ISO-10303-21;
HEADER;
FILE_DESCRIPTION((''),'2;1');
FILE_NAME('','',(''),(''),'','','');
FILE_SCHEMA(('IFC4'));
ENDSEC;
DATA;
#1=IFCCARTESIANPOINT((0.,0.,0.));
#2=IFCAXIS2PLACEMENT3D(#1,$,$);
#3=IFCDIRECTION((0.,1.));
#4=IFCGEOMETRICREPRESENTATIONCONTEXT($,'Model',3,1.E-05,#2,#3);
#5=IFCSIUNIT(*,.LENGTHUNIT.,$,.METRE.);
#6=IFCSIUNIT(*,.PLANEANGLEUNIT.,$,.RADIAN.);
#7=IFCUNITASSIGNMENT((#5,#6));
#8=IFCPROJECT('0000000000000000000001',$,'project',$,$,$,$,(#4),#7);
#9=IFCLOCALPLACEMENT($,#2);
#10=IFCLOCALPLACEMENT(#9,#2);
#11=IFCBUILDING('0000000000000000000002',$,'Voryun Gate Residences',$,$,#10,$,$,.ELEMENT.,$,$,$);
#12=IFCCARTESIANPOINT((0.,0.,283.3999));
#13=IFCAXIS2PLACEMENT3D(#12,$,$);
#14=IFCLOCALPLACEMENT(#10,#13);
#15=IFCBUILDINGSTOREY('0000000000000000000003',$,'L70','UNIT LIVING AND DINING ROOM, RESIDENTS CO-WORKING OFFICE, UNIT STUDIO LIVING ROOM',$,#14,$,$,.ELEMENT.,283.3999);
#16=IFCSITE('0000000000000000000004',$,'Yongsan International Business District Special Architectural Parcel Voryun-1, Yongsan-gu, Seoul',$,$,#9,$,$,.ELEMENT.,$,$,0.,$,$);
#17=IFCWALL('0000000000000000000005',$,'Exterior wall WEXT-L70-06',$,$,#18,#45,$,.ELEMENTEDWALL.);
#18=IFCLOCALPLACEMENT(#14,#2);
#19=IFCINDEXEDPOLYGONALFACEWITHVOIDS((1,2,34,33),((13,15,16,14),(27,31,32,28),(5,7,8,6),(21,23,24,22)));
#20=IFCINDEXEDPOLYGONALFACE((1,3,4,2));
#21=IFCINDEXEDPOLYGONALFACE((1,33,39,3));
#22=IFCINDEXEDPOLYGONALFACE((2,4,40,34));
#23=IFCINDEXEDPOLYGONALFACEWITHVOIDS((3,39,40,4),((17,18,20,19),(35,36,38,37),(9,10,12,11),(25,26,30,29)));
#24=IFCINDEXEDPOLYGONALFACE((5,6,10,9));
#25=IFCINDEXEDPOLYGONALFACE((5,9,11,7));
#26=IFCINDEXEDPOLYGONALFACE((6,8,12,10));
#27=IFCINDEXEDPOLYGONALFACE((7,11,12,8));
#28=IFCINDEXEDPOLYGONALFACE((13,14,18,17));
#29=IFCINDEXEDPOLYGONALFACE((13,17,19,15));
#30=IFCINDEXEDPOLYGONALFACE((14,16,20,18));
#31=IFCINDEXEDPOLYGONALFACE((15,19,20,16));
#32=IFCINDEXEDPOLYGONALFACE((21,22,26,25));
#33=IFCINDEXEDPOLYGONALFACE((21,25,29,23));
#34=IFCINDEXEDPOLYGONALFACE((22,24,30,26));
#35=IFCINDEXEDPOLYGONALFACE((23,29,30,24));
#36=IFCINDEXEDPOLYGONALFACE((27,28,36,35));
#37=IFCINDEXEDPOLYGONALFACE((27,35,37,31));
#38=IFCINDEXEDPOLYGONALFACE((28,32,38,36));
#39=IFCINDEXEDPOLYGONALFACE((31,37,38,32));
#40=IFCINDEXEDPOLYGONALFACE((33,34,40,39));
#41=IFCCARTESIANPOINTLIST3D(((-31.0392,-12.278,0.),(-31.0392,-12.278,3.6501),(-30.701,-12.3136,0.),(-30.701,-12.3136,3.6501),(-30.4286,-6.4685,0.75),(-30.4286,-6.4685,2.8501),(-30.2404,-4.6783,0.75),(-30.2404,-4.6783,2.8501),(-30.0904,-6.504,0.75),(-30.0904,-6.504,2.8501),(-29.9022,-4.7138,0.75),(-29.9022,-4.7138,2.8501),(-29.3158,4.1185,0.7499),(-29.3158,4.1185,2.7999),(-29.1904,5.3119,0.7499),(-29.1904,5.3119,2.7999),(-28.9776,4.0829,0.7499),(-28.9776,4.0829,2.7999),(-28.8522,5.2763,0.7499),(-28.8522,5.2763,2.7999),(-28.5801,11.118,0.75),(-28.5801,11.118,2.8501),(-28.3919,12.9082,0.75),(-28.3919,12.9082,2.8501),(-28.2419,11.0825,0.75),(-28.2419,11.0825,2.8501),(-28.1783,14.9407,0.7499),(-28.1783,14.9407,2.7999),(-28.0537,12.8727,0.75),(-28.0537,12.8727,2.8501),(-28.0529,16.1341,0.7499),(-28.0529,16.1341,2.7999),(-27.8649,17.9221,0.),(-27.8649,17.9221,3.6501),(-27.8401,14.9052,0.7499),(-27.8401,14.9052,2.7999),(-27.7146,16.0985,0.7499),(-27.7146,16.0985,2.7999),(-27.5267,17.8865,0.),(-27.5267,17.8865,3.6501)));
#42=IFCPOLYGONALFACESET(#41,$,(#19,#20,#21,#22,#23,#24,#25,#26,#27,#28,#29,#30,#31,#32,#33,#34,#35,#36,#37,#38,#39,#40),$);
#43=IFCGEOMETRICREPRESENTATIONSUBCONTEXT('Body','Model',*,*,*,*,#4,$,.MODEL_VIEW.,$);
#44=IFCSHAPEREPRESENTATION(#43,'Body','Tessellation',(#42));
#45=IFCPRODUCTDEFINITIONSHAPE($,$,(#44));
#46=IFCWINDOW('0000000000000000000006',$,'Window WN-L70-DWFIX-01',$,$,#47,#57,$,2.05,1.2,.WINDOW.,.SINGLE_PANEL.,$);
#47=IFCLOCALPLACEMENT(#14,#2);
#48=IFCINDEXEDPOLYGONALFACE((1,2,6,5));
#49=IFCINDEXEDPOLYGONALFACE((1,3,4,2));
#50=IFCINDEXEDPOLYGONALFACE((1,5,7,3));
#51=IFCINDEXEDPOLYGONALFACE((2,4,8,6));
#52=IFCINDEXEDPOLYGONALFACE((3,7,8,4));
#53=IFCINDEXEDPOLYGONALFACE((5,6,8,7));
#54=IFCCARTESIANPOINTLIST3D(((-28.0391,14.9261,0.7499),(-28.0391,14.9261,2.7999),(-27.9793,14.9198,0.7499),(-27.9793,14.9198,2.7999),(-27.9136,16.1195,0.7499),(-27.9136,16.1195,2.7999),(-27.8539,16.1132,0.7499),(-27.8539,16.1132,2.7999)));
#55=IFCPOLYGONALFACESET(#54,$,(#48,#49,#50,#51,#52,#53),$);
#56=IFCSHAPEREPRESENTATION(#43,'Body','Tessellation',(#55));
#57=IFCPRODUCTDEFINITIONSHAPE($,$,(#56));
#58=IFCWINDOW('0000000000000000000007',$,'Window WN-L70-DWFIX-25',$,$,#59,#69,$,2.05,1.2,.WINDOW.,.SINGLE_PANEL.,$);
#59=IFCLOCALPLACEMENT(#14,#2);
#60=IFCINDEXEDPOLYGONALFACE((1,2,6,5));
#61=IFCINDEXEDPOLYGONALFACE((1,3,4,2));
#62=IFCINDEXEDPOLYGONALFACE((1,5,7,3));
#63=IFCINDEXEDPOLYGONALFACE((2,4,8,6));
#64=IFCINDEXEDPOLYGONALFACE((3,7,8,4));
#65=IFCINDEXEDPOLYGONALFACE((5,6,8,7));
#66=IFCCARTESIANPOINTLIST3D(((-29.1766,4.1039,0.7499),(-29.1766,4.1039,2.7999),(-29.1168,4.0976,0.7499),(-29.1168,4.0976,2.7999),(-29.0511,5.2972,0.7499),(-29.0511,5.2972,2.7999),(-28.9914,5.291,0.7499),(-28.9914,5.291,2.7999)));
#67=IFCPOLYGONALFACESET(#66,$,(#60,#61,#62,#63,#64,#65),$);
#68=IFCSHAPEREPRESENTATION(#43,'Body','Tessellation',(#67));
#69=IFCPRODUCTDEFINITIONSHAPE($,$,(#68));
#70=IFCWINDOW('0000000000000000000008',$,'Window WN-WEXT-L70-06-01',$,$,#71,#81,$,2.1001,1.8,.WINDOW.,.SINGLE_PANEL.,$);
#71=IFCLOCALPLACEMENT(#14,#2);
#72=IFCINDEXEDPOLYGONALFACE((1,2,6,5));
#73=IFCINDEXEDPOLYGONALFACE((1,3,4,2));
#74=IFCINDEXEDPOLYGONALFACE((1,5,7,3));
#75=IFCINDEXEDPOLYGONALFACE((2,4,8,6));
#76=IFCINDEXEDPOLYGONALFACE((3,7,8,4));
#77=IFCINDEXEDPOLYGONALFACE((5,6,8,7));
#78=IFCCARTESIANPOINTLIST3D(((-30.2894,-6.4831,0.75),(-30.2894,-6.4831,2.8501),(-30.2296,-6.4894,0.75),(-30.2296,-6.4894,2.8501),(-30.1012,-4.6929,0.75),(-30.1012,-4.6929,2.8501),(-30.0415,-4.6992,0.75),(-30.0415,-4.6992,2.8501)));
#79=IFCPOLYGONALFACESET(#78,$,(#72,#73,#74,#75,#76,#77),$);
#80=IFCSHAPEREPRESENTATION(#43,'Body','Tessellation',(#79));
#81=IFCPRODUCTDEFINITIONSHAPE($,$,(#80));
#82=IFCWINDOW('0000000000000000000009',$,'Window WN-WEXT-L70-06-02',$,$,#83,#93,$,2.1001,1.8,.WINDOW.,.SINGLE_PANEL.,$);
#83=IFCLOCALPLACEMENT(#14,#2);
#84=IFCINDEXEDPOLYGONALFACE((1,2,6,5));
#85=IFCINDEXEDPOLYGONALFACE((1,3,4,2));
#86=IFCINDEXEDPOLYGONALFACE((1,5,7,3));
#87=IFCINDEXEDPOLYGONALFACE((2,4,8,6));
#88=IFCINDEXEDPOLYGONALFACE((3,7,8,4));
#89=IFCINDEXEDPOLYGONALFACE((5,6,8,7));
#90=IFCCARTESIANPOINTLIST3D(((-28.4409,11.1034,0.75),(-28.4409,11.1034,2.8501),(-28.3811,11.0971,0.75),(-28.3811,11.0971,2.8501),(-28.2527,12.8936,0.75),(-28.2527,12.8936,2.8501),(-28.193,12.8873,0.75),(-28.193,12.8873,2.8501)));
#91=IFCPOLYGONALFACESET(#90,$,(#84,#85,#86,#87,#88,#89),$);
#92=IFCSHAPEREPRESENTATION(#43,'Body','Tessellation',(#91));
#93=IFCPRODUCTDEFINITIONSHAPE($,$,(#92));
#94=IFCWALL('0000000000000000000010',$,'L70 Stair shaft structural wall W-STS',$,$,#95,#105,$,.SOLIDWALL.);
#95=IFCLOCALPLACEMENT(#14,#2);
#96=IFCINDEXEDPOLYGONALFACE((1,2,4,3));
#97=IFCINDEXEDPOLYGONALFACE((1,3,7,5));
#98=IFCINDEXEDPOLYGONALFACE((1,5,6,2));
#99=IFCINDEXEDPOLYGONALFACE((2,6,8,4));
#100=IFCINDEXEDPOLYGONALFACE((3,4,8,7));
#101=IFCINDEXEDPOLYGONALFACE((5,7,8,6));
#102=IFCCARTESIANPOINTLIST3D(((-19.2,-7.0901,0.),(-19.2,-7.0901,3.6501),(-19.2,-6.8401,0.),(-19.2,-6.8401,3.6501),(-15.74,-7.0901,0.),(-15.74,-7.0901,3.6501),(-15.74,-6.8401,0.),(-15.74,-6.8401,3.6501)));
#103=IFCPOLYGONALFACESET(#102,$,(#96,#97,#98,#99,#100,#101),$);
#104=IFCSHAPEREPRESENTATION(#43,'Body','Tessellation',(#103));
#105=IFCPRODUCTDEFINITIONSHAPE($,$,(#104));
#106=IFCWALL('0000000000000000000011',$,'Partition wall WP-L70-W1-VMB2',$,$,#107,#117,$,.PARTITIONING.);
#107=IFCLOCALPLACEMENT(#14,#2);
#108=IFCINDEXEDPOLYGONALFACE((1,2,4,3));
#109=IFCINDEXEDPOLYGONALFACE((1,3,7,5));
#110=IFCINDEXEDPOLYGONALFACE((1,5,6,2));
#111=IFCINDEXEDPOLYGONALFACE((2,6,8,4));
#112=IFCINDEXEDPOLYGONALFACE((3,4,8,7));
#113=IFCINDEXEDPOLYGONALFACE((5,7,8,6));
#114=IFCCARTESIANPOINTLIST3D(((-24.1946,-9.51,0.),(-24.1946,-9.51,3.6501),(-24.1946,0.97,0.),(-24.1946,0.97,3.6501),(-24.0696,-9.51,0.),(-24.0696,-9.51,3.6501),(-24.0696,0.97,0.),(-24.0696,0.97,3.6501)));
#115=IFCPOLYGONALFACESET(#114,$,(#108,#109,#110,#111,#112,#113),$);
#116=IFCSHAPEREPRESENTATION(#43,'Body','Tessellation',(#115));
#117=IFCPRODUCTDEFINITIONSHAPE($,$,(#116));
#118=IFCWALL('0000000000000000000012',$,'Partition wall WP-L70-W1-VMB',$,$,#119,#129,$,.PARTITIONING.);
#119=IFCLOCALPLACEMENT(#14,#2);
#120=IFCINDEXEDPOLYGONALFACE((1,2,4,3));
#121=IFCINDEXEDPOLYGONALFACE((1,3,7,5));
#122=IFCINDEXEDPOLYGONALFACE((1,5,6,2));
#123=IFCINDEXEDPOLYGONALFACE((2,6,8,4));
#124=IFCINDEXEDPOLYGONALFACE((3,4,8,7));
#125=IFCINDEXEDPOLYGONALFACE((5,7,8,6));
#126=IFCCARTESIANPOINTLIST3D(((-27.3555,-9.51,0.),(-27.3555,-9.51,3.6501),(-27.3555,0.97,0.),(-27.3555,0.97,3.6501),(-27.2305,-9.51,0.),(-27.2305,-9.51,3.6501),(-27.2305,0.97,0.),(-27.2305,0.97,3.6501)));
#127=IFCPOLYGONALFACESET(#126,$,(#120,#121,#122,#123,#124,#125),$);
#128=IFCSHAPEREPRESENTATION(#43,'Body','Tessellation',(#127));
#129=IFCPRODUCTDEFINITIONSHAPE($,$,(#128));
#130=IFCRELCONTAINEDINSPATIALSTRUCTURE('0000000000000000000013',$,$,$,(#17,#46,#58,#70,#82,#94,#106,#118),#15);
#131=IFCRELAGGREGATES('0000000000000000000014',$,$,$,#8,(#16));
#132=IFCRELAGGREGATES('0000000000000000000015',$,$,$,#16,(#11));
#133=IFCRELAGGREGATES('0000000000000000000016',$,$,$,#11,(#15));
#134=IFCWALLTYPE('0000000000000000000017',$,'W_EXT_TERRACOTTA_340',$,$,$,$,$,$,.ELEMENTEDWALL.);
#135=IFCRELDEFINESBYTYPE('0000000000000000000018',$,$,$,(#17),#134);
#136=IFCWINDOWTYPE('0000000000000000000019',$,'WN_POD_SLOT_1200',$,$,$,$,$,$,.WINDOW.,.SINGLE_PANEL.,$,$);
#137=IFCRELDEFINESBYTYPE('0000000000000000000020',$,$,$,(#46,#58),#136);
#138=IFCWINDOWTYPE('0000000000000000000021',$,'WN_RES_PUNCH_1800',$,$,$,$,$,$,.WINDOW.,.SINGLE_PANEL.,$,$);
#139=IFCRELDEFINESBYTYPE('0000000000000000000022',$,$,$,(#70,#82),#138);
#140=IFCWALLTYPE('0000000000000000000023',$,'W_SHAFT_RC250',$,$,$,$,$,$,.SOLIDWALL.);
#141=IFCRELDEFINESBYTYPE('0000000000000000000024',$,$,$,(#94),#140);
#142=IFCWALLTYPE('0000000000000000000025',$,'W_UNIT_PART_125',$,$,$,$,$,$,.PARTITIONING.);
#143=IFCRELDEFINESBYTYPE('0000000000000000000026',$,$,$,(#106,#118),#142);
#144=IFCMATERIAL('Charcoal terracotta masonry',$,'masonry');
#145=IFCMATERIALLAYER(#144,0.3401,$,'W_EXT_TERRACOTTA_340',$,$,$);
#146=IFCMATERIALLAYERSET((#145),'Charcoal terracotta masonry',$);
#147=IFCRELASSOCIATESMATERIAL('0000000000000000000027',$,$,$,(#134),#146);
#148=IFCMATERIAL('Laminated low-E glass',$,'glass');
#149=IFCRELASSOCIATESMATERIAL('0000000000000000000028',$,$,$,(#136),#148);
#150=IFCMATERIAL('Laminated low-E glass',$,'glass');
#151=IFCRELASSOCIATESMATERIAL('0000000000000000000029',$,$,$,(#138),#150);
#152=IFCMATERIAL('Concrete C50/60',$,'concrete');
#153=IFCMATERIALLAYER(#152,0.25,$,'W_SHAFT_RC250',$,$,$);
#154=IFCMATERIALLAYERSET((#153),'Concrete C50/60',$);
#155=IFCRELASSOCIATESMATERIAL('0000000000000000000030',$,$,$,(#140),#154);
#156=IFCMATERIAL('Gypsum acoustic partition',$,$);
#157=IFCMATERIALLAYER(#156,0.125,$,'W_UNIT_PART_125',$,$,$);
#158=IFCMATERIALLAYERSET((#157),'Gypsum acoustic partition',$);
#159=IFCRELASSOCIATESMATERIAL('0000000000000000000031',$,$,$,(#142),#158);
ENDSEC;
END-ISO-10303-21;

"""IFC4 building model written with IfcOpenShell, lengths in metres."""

from ifc_helpers import new_model, si_unit, direction, frame, frame_2d, origin, place, context, subcontext, project, spatial, rectangle, extrude, material, layer, layer_set, type_object, element, fill, save


model = new_model("IFC4")

# Units and contexts
model_context = context("Model", 3, precision=1e-05, world=origin(), true_north=direction((0.0, 1.0)))
body_context = subcontext(model_context, "Body", "Model", "MODEL_VIEW")
ifc_project = project(units=[si_unit("LENGTHUNIT", "METRE"), si_unit("PLANEANGLEUNIT", "RADIAN")], contexts=[model_context])

# Site, building, storey
site_placement = place(None, origin())
site = spatial("IfcSite", under=ifc_project, at=site_placement, Name="Yongsan International Business District Special Architectural Parcel Voryun-1, Yongsan-gu, Seoul", CompositionType="ELEMENT", RefElevation=0.0)
building_placement = place(site_placement, origin())
building = spatial("IfcBuilding", under=site, at=building_placement, Name="Voryun Gate Residences", CompositionType="ELEMENT")
storey_placement = place(building_placement, frame((0.0, 0.0, 283.3999)))
storey = spatial("IfcBuildingStorey", under=building, at=storey_placement, Name="L70", Description="UNIT LIVING AND DINING ROOM, RESIDENTS CO-WORKING OFFICE, UNIT STUDIO LIVING ROOM", CompositionType="ELEMENT", Elevation=283.3999)

# Wall, openings, windows
ifc_material_1 = material(Name="Charcoal terracotta masonry", Category="masonry")
ifc_layer_1 = layer(ifc_material_1, 0.3401, Name="W_EXT_TERRACOTTA_340")
ifc_layer_set_1 = layer_set([ifc_layer_1], Name="Charcoal terracotta masonry")
wall_type_1 = type_object("IfcWallType", Name="W_EXT_TERRACOTTA_340", PredefinedType="ELEMENTEDWALL", material=ifc_layer_set_1)
wall_1_placement = place(storey_placement, frame((-30.8701, -12.2957, 0.0), z_axis=(0.0, 0.0, 1.0), x_axis=(0.104533, 0.994521, 0.0)))
wall_1 = element("IfcWall", 1, at=wall_1_placement, inside=storey, type_object=wall_type_1, Name="Exterior wall WEXT-L70-06", PredefinedType="ELEMENTEDWALL", context=body_context, shape_type="SweptSolid", body=[
    extrude(rectangle(XDim=30.3665, YDim=0.3401, at=frame_2d((15.1831, 0.0))), origin(), (0.0, 0.0, 1.0), 3.6501),
])
opening_1_placement = place(wall_1_placement, frame((5.8416, 0.0, 0.75)))
opening_1 = element("IfcOpeningElement", 2, at=opening_1_placement, cuts=wall_1, PredefinedType="OPENING", context=body_context, shape_type="SweptSolid", body=[
    extrude(rectangle(XDim=1.8, YDim=2.1001, at=frame_2d((0.8999, 1.05))), frame((0.0, 0.1799, 0.0), z_axis=(0.0, -1.0, 0.0), x_axis=(1.0, 0.0, 0.0)), (0.0, 0.0, 1.0), 0.3601),
])
opening_2_placement = place(wall_1_placement, frame((23.5249, 0.0, 0.75)))
opening_2 = element("IfcOpeningElement", 3, at=opening_2_placement, cuts=wall_1, PredefinedType="OPENING", context=body_context, shape_type="SweptSolid", body=[
    extrude(rectangle(XDim=1.8, YDim=2.1001, at=frame_2d((0.8999, 1.05))), frame((0.0, 0.1799, 0.0), z_axis=(0.0, -1.0, 0.0), x_axis=(1.0, 0.0, 0.0)), (0.0, 0.0, 1.0), 0.3601),
])
opening_3_placement = place(wall_1_placement, frame((27.3684, 0.0, 0.75)))
opening_3 = element("IfcOpeningElement", 4, at=opening_3_placement, cuts=wall_1, PredefinedType="OPENING", context=body_context, shape_type="SweptSolid", body=[
    extrude(rectangle(XDim=1.2, YDim=2.05, at=frame_2d((0.6001, 1.0249))), frame((0.0, 0.1799, 0.0), z_axis=(0.0, -1.0, 0.0), x_axis=(1.0, 0.0, 0.0)), (0.0, 0.0, 1.0), 0.3601),
])
opening_4_placement = place(wall_1_placement, frame((16.4866, 0.0, 0.75)))
opening_4 = element("IfcOpeningElement", 5, at=opening_4_placement, cuts=wall_1, PredefinedType="OPENING", context=body_context, shape_type="SweptSolid", body=[
    extrude(rectangle(XDim=1.2, YDim=2.05, at=frame_2d((0.6001, 1.0249))), frame((0.0, 0.1799, 0.0), z_axis=(0.0, -1.0, 0.0), x_axis=(1.0, 0.0, 0.0)), (0.0, 0.0, 1.0), 0.3601),
])
ifc_material_2 = material(Name="Laminated low-E glass", Category="glass")
window_type_1 = type_object("IfcWindowType", Name="WN_POD_SLOT_1200", PartitioningType="SINGLE_PANEL", PredefinedType="WINDOW", material=ifc_material_2)
window_1_placement = place(opening_3_placement, origin())
window_1 = element("IfcWindow", 6, at=window_1_placement, inside=storey, type_object=window_type_1, Name="Window WN-L70-DWFIX-01", OverallHeight=2.05, OverallWidth=1.2, PartitioningType="SINGLE_PANEL", PredefinedType="WINDOW", context=body_context, shape_type="SweptSolid", body=[
    extrude(rectangle(XDim=1.2, YDim=2.05, at=frame_2d((0.6001, 1.0249))), frame((0.0, 0.03, 0.0), z_axis=(0.0, -1.0, 0.0), x_axis=(1.0, 0.0, 0.0)), (0.0, 0.0, 1.0), 0.0601),
])
fill(opening_3, window_1)
window_2_placement = place(opening_4_placement, origin())
window_2 = element("IfcWindow", 7, at=window_2_placement, inside=storey, type_object=window_type_1, Name="Window WN-L70-DWFIX-25", OverallHeight=2.05, OverallWidth=1.2, PartitioningType="SINGLE_PANEL", PredefinedType="WINDOW", context=body_context, shape_type="SweptSolid", body=[
    extrude(rectangle(XDim=1.2, YDim=2.05, at=frame_2d((0.6001, 1.0249))), frame((0.0, 0.03, 0.0), z_axis=(0.0, -1.0, 0.0), x_axis=(1.0, 0.0, 0.0)), (0.0, 0.0, 1.0), 0.0601),
])
fill(opening_4, window_2)
ifc_material_3 = material(Name="Laminated low-E glass", Category="glass")
window_type_2 = type_object("IfcWindowType", Name="WN_RES_PUNCH_1800", PartitioningType="SINGLE_PANEL", PredefinedType="WINDOW", material=ifc_material_3)
window_3_placement = place(opening_1_placement, origin())
window_3 = element("IfcWindow", 8, at=window_3_placement, inside=storey, type_object=window_type_2, Name="Window WN-WEXT-L70-06-01", OverallHeight=2.1001, OverallWidth=1.8, PartitioningType="SINGLE_PANEL", PredefinedType="WINDOW", context=body_context, shape_type="SweptSolid", body=[
    extrude(rectangle(XDim=1.8, YDim=2.1001, at=frame_2d((0.8999, 1.05))), frame((0.0, 0.03, 0.0), z_axis=(0.0, -1.0, 0.0), x_axis=(1.0, 0.0, 0.0)), (0.0, 0.0, 1.0), 0.0601),
])
fill(opening_1, window_3)
window_4_placement = place(opening_2_placement, origin())
window_4 = element("IfcWindow", 9, at=window_4_placement, inside=storey, type_object=window_type_2, Name="Window WN-WEXT-L70-06-02", OverallHeight=2.1001, OverallWidth=1.8, PartitioningType="SINGLE_PANEL", PredefinedType="WINDOW", context=body_context, shape_type="SweptSolid", body=[
    extrude(rectangle(XDim=1.8, YDim=2.1001, at=frame_2d((0.8999, 1.05))), frame((0.0, 0.03, 0.0), z_axis=(0.0, -1.0, 0.0), x_axis=(1.0, 0.0, 0.0)), (0.0, 0.0, 1.0), 0.0601),
])
fill(opening_2, window_4)

# Walls
ifc_material_4 = material(Name="Concrete C50/60", Category="concrete")
ifc_layer_2 = layer(ifc_material_4, 0.25, Name="W_SHAFT_RC250")
ifc_layer_set_2 = layer_set([ifc_layer_2], Name="Concrete C50/60")
wall_type_2 = type_object("IfcWallType", Name="W_SHAFT_RC250", PredefinedType="SOLIDWALL", material=ifc_layer_set_2)
wall_2_placement = place(storey_placement, frame((-19.2, -6.9651, 0.0), z_axis=(0.0, 0.0, 1.0), x_axis=(1.0, 0.0, 0.0)))
element("IfcWall", 10, at=wall_2_placement, inside=storey, type_object=wall_type_2, Name="L70 Stair shaft structural wall W-STS", PredefinedType="SOLIDWALL", context=body_context, shape_type="SweptSolid", body=[
    extrude(rectangle(XDim=3.46, YDim=0.25, at=frame_2d((1.73, 0.0))), origin(), (0.0, 0.0, 1.0), 3.6501),
])
ifc_material_5 = material(Name="Gypsum acoustic partition")
ifc_layer_3 = layer(ifc_material_5, 0.125, Name="W_UNIT_PART_125")
ifc_layer_set_3 = layer_set([ifc_layer_3], Name="Gypsum acoustic partition")
wall_type_3 = type_object("IfcWallType", Name="W_UNIT_PART_125", PredefinedType="PARTITIONING", material=ifc_layer_set_3)
for number, where, z_axis, x_axis, name in (
    (11, (-24.1321, -9.51, 0.0), (0.0, 0.0, 1.0), (0.0, 1.0, 0.0), "Partition wall WP-L70-W1-VMB2"),
    (12, (-27.293, -9.51, 0.0), (0.0, 0.0, 1.0), (0.0, 1.0, 0.0), "Partition wall WP-L70-W1-VMB"),
):
    element("IfcWall", number, at=place(storey_placement, frame(where, z_axis=z_axis, x_axis=x_axis)), inside=storey, type_object=wall_type_3, Name=name, PredefinedType="PARTITIONING", context=body_context, shape_type="SweptSolid", body=[
        extrude(rectangle(XDim=10.48, YDim=0.125, at=frame_2d((5.24, 0.0))), origin(), (0.0, 0.0, 1.0), 3.6501),
    ])

save(model, "model.ifc")
